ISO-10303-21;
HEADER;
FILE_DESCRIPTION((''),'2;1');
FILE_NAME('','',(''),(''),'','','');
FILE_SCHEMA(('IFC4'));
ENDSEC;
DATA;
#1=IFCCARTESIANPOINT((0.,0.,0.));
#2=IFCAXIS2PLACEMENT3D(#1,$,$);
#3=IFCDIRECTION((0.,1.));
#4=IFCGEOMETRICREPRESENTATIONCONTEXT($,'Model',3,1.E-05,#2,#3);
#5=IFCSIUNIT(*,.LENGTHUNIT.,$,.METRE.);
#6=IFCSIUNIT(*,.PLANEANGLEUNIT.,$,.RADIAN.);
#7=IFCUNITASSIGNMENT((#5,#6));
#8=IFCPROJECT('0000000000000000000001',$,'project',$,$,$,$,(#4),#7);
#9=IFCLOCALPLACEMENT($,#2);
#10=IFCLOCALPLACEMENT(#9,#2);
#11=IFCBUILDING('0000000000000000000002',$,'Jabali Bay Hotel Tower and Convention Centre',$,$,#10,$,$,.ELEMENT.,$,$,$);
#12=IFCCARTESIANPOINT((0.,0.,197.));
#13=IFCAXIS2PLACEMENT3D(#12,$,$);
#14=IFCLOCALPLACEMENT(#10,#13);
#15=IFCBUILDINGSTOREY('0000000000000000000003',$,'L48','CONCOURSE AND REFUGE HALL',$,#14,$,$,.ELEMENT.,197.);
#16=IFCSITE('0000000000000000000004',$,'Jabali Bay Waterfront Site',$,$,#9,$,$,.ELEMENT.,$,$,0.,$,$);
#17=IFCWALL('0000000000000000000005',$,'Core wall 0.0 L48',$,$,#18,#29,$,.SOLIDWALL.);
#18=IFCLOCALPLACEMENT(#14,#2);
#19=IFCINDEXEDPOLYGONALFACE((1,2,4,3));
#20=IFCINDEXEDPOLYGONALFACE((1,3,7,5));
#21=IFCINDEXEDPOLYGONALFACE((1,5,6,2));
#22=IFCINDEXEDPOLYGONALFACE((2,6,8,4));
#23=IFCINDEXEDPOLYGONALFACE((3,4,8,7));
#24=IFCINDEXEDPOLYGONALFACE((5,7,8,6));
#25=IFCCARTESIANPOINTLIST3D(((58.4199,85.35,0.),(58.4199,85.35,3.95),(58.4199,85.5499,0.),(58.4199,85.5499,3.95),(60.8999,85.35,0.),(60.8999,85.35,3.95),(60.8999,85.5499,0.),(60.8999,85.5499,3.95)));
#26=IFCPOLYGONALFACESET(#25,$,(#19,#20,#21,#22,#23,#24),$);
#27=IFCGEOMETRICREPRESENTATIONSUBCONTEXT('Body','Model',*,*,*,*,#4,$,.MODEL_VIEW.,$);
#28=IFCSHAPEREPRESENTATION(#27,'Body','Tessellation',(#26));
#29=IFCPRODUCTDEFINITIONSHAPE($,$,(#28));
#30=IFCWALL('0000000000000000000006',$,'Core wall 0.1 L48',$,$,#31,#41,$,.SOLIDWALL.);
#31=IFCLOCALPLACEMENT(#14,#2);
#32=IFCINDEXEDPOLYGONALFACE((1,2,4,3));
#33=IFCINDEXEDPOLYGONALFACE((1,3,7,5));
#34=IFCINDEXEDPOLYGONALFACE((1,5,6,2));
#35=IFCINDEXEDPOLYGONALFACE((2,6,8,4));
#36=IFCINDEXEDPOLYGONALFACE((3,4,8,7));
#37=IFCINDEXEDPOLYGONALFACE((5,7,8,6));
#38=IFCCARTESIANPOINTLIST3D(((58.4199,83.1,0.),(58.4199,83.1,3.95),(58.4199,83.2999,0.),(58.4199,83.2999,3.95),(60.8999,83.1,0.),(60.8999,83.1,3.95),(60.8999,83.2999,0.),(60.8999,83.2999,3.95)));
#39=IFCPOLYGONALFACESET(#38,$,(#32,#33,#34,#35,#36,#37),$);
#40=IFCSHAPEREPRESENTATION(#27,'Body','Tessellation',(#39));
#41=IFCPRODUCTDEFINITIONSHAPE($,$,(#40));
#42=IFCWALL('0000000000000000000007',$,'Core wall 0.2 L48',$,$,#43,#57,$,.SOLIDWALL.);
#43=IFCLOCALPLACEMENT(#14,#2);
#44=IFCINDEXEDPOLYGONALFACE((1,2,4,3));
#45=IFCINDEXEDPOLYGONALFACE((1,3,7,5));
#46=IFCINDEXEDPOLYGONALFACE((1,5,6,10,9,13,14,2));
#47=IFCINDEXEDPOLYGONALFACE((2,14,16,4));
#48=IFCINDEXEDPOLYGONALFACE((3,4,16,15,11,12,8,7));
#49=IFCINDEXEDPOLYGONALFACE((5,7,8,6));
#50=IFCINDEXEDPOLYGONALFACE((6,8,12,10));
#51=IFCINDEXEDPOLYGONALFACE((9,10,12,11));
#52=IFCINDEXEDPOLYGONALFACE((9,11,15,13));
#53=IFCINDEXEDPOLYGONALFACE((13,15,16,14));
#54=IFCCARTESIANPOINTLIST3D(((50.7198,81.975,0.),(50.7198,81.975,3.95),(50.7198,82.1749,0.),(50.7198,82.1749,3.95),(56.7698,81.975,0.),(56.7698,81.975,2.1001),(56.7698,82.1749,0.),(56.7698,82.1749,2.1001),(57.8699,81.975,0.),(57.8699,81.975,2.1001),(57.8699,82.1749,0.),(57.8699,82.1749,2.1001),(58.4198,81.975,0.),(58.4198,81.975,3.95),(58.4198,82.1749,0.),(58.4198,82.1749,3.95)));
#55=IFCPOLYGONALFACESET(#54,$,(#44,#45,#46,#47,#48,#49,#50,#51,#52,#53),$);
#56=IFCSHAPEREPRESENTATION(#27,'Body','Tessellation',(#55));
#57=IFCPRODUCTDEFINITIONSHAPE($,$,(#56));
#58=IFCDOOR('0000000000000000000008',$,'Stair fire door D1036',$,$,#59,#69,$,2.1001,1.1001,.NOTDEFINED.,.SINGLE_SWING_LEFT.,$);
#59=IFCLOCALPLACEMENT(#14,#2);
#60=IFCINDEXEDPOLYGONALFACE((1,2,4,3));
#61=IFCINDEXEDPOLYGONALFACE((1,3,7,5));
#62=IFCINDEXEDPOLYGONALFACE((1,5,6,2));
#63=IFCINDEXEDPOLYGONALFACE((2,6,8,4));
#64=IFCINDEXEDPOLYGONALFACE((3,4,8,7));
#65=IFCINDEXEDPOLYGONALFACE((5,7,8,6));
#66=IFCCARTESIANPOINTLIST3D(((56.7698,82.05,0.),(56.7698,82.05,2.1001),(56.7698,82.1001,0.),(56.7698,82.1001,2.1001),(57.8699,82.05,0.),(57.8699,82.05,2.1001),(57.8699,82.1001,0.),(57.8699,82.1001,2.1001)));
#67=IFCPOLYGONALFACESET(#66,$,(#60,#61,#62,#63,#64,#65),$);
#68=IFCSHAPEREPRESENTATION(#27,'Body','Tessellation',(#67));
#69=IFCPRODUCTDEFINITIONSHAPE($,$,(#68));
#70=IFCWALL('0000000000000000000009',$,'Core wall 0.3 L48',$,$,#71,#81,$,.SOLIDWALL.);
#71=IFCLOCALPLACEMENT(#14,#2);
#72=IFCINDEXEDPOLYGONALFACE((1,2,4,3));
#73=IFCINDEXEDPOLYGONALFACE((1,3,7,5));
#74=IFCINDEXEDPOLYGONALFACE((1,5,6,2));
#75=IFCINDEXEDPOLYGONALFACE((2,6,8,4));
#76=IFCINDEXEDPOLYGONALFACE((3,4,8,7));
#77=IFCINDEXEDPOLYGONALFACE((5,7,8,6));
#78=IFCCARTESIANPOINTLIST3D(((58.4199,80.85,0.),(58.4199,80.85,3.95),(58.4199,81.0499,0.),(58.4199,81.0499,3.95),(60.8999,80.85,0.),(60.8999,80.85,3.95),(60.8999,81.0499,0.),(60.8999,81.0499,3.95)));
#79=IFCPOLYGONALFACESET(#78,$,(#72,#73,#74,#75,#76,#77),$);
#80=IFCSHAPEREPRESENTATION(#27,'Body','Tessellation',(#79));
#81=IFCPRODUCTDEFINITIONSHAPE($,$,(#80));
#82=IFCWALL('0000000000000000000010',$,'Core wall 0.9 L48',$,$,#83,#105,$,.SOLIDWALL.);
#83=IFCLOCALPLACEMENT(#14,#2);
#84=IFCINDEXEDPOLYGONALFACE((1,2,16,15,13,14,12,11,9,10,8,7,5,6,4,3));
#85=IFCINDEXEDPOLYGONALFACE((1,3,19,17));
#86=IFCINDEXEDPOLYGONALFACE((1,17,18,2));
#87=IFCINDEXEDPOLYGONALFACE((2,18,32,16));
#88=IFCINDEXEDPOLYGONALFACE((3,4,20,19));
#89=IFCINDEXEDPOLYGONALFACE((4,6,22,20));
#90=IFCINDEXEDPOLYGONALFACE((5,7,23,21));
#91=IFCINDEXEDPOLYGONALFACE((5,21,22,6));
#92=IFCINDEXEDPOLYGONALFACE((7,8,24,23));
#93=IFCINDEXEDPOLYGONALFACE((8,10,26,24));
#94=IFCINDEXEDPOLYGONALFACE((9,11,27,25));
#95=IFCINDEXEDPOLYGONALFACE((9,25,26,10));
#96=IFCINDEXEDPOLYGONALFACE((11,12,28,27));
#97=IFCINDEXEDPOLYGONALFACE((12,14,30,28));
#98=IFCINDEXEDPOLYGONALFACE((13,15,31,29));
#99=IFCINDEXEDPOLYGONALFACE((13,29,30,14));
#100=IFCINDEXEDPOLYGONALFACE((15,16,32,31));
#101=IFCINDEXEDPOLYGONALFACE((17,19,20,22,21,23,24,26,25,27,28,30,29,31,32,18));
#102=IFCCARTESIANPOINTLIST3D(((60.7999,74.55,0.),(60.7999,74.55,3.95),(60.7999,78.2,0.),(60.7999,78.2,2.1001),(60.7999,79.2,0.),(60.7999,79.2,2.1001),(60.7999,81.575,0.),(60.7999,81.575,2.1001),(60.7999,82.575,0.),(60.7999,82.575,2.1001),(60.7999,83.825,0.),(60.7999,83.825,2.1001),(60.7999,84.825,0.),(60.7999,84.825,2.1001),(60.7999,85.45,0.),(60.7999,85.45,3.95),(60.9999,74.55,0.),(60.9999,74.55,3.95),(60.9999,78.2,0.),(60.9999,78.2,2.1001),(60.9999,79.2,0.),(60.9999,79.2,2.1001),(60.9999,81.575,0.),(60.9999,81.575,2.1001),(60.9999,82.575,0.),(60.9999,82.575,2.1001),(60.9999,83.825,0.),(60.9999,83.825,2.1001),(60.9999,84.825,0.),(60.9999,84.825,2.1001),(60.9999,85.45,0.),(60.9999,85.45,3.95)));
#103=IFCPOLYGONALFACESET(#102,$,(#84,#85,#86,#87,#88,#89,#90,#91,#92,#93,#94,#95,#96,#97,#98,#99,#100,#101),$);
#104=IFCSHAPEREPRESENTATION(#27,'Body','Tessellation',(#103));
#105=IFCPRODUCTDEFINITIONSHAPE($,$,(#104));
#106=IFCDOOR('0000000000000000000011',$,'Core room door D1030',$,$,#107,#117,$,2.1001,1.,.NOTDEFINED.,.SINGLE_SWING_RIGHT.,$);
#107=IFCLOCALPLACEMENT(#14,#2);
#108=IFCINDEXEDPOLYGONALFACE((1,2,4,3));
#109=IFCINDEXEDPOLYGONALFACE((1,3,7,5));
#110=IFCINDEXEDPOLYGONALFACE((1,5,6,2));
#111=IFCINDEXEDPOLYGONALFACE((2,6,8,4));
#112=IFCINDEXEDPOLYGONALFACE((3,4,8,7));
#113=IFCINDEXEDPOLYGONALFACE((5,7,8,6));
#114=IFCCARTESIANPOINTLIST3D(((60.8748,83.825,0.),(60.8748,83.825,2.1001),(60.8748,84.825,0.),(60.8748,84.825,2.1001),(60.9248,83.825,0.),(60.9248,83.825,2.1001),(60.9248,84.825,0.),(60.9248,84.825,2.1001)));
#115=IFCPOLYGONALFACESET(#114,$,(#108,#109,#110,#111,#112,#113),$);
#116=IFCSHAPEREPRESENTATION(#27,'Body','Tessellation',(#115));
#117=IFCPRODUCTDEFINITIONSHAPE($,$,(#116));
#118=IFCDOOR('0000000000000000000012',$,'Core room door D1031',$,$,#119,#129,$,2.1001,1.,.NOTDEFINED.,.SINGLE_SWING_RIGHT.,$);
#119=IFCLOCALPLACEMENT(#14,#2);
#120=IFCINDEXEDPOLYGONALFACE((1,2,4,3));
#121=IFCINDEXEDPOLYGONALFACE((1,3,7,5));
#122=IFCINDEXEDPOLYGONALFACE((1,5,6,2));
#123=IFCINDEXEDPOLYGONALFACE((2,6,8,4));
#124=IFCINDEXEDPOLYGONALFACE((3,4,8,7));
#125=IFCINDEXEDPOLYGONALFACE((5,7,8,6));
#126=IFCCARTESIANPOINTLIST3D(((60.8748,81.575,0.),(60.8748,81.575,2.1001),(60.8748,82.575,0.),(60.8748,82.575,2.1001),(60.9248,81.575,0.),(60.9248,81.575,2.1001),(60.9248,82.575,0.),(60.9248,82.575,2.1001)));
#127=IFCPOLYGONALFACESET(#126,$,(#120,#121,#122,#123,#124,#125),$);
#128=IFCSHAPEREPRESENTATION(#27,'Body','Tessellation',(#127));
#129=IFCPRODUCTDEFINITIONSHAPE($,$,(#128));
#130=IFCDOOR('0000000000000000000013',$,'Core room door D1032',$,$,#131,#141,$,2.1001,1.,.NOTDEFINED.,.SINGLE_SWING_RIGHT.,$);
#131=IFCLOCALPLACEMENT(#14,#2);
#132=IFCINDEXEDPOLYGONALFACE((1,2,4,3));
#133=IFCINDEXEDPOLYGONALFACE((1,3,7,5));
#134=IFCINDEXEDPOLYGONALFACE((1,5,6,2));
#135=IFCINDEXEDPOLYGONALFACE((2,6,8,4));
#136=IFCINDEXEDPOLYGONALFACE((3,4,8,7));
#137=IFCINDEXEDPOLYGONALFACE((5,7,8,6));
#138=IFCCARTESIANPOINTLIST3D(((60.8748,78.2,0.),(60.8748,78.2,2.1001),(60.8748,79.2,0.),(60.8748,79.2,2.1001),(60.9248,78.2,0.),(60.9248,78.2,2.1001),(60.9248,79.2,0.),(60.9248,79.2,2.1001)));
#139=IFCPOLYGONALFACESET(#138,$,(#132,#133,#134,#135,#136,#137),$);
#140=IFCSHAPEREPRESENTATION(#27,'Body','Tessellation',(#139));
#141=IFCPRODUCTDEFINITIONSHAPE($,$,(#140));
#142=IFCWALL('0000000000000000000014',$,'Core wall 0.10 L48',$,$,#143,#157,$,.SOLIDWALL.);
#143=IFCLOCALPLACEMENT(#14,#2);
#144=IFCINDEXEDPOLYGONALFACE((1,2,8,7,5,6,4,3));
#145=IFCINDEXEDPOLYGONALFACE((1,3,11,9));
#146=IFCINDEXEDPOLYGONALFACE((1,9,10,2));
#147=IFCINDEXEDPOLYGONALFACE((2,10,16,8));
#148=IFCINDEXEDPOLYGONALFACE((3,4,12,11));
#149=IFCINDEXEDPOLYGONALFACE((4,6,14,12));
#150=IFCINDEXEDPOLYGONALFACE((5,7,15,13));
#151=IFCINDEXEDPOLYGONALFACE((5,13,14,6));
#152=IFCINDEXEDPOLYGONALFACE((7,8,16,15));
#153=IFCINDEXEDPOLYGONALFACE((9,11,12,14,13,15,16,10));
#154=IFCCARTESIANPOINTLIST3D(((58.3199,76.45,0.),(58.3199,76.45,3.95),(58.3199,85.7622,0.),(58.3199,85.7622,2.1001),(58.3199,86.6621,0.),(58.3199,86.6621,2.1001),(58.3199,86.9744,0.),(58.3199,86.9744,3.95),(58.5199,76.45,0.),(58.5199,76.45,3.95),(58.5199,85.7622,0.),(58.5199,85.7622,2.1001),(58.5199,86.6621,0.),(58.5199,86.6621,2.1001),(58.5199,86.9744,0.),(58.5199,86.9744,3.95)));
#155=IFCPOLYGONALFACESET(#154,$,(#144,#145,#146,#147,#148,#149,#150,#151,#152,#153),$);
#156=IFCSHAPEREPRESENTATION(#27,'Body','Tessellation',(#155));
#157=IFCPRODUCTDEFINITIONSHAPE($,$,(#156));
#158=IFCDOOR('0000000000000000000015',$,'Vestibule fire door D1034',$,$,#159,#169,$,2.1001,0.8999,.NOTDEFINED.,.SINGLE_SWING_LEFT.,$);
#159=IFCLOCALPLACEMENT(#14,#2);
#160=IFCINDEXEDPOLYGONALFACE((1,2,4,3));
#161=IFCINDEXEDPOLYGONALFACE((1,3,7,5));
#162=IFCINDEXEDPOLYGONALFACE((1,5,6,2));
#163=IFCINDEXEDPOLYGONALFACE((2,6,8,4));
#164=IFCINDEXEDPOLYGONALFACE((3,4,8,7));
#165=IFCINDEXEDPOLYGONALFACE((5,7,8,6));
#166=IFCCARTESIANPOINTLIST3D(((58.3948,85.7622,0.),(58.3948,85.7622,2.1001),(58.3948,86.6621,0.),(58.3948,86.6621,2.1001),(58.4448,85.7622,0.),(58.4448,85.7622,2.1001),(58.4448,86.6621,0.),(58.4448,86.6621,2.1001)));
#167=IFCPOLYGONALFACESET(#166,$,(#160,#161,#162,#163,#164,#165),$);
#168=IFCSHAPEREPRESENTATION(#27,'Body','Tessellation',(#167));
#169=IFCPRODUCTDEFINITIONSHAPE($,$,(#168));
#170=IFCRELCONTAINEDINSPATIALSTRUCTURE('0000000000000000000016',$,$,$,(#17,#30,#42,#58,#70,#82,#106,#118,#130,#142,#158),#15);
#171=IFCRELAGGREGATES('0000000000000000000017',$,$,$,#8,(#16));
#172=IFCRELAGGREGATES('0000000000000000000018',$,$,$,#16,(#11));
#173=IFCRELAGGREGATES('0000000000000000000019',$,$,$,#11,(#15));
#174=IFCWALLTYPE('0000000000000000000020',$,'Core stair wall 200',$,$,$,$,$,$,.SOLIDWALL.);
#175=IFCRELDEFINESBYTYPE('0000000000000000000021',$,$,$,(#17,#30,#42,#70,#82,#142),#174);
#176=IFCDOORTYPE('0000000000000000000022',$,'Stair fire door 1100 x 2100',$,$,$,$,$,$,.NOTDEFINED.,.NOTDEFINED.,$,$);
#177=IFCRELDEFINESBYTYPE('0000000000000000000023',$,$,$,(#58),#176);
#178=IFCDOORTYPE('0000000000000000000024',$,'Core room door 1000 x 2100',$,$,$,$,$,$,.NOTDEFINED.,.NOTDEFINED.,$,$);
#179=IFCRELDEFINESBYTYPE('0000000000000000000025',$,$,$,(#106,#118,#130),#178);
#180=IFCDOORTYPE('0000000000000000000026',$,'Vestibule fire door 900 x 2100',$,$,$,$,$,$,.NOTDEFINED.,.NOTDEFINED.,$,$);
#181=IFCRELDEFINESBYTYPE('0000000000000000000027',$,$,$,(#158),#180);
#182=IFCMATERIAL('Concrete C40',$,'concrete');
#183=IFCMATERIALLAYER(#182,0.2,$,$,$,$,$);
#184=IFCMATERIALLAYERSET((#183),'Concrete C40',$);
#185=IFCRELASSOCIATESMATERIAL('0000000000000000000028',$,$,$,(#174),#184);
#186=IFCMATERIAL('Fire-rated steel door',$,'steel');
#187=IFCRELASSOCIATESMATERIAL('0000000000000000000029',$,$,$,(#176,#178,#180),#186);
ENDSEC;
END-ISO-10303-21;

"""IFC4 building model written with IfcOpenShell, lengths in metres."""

from ifc_helpers import new_model, si_unit, direction, frame, frame_2d, origin, place, context, subcontext, project, spatial, rectangle, extrude, material, layer, layer_set, type_object, element, fill, save


model = new_model("IFC4")

# Units and contexts
model_context = context("Model", 3, precision=1e-05, world=origin(), true_north=direction((0.0, 1.0)))
body_context = subcontext(model_context, "Body", "Model", "MODEL_VIEW")
ifc_project = project(units=[si_unit("LENGTHUNIT", "METRE"), si_unit("PLANEANGLEUNIT", "RADIAN")], contexts=[model_context])

# Site, building, storey
site_placement = place(None, origin())
site = spatial("IfcSite", under=ifc_project, at=site_placement, Name="Jabali Bay Waterfront Site", CompositionType="ELEMENT", RefElevation=0.0)
building_placement = place(site_placement, origin())
building = spatial("IfcBuilding", under=site, at=building_placement, Name="Jabali Bay Hotel Tower and Convention Centre", CompositionType="ELEMENT")
storey_placement = place(building_placement, frame((0.0, 0.0, 197.0)))
storey = spatial("IfcBuildingStorey", under=building, at=storey_placement, Name="L48", Description="CONCOURSE AND REFUGE HALL", CompositionType="ELEMENT", Elevation=197.0)

# Walls
ifc_material_1 = material(Name="Concrete C40", Category="concrete")
ifc_layer_1 = layer(ifc_material_1, 0.2)
ifc_layer_set_1 = layer_set([ifc_layer_1], Name="Concrete C40")
wall_type_1 = type_object("IfcWallType", Name="Core stair wall 200", PredefinedType="SOLIDWALL", material=ifc_layer_set_1)
for number, where, z_axis, x_axis, name in (
    (1, (60.8999, 85.45, 0.0), (0.0, 0.0, 1.0), (-1.0, 0.0, 0.0), "Core wall 0.0 L48"),
    (2, (60.8999, 83.2, 0.0), (0.0, 0.0, 1.0), (-1.0, 0.0, 0.0), "Core wall 0.1 L48"),
):
    element("IfcWall", number, at=place(storey_placement, frame(where, z_axis=z_axis, x_axis=x_axis)), inside=storey, type_object=wall_type_1, Name=name, PredefinedType="SOLIDWALL", context=body_context, shape_type="SweptSolid", body=[
        extrude(rectangle(XDim=2.48, YDim=0.2, at=frame_2d((1.24, 0.0))), origin(), (0.0, 0.0, 1.0), 3.95),
    ])

# Wall, opening, door
wall_1_placement = place(storey_placement, frame((58.4199, 82.075, 0.0), z_axis=(0.0, 0.0, 1.0), x_axis=(-1.0, 0.0, 0.0)))
wall_1 = element("IfcWall", 3, at=wall_1_placement, inside=storey, type_object=wall_type_1, Name="Core wall 0.2 L48", PredefinedType="SOLIDWALL", context=body_context, shape_type="SweptSolid", body=[
    extrude(rectangle(XDim=7.7, YDim=0.2, at=frame_2d((3.8501, 0.0))), origin(), (0.0, 0.0, 1.0), 3.95),
])
opening_1_placement = place(wall_1_placement, frame((0.55, 0.0, 0.0)))
opening_1 = element("IfcOpeningElement", 4, at=opening_1_placement, cuts=wall_1, PredefinedType="OPENING", context=body_context, shape_type="SweptSolid", body=[
    extrude(rectangle(XDim=1.1001, YDim=2.1001, at=frame_2d((0.55, 1.05))), frame((0.0, 0.1104, 0.0), z_axis=(0.0, -1.0, 0.0), x_axis=(1.0, 0.0, 0.0)), (0.0, 0.0, 1.0), 0.2209),
])
ifc_material_2 = material(Name="Fire-rated steel door", Category="steel")
door_type_1 = type_object("IfcDoorType", Name="Stair fire door 1100 x 2100", OperationType="NOTDEFINED", PredefinedType="NOTDEFINED", material=ifc_material_2)
door_1_placement = place(opening_1_placement, origin())
door_1 = element("IfcDoor", 5, at=door_1_placement, inside=storey, type_object=door_type_1, Name="Stair fire door D1036", OperationType="SINGLE_SWING_LEFT", OverallHeight=2.1001, OverallWidth=1.1001, PredefinedType="NOTDEFINED", context=body_context, shape_type="SweptSolid", body=[
    extrude(rectangle(XDim=1.1001, YDim=2.1001, at=frame_2d((0.55, 1.05))), frame((0.0, 0.0249, 0.0), z_axis=(0.0, -1.0, 0.0), x_axis=(1.0, 0.0, 0.0)), (0.0, 0.0, 1.0), 0.05),
])
fill(opening_1, door_1)

# Wall
wall_2_placement = place(storey_placement, frame((60.8999, 80.95, 0.0), z_axis=(0.0, 0.0, 1.0), x_axis=(-1.0, 0.0, 0.0)))
element("IfcWall", 6, at=wall_2_placement, inside=storey, type_object=wall_type_1, Name="Core wall 0.3 L48", PredefinedType="SOLIDWALL", context=body_context, shape_type="SweptSolid", body=[
    extrude(rectangle(XDim=2.48, YDim=0.2, at=frame_2d((1.24, 0.0))), origin(), (0.0, 0.0, 1.0), 3.95),
])

# Wall, openings, doors
wall_3_placement = place(storey_placement, frame((60.8999, 85.45, 0.0), z_axis=(0.0, 0.0, 1.0), x_axis=(0.0, -1.0, 0.0)))
wall_3 = element("IfcWall", 7, at=wall_3_placement, inside=storey, type_object=wall_type_1, Name="Core wall 0.9 L48", PredefinedType="SOLIDWALL", context=body_context, shape_type="SweptSolid", body=[
    extrude(rectangle(XDim=10.8999, YDim=0.2, at=frame_2d((5.45, 0.0))), origin(), (0.0, 0.0, 1.0), 3.95),
])
opening_2_placement = place(wall_3_placement, frame((0.625, 0.0, 0.0)))
opening_2 = element("IfcOpeningElement", 8, at=opening_2_placement, cuts=wall_3, PredefinedType="OPENING", context=body_context, shape_type="SweptSolid", body=[
    extrude(rectangle(XDim=1.0, YDim=2.1001, at=frame_2d((0.5, 1.05))), frame((0.0, 0.1104, 0.0), z_axis=(0.0, -1.0, 0.0), x_axis=(1.0, 0.0, 0.0)), (0.0, 0.0, 1.0), 0.2209),
])
opening_3_placement = place(wall_3_placement, frame((2.875, 0.0, 0.0)))
opening_3 = element("IfcOpeningElement", 9, at=opening_3_placement, cuts=wall_3, PredefinedType="OPENING", context=body_context, shape_type="SweptSolid", body=[
    extrude(rectangle(XDim=1.0, YDim=2.1001, at=frame_2d((0.5, 1.05))), frame((0.0, 0.1104, 0.0), z_axis=(0.0, -1.0, 0.0), x_axis=(1.0, 0.0, 0.0)), (0.0, 0.0, 1.0), 0.2209),
])
opening_4_placement = place(wall_3_placement, frame((6.25, 0.0, 0.0)))
opening_4 = element("IfcOpeningElement", 10, at=opening_4_placement, cuts=wall_3, PredefinedType="OPENING", context=body_context, shape_type="SweptSolid", body=[
    extrude(rectangle(XDim=1.0, YDim=2.1001, at=frame_2d((0.5, 1.05))), frame((0.0, 0.1104, 0.0), z_axis=(0.0, -1.0, 0.0), x_axis=(1.0, 0.0, 0.0)), (0.0, 0.0, 1.0), 0.2209),
])
door_type_2 = type_object("IfcDoorType", Name="Core room door 1000 x 2100", OperationType="NOTDEFINED", PredefinedType="NOTDEFINED", material=ifc_material_2)
door_2_placement = place(opening_2_placement, origin())
door_2 = element("IfcDoor", 11, at=door_2_placement, inside=storey, type_object=door_type_2, Name="Core room door D1030", OperationType="SINGLE_SWING_RIGHT", OverallHeight=2.1001, OverallWidth=1.0, PredefinedType="NOTDEFINED", context=body_context, shape_type="SweptSolid", body=[
    extrude(rectangle(XDim=1.0, YDim=2.1001, at=frame_2d((0.5, 1.05))), frame((0.0, 0.0249, 0.0), z_axis=(0.0, -1.0, 0.0), x_axis=(1.0, 0.0, 0.0)), (0.0, 0.0, 1.0), 0.05),
])
fill(opening_2, door_2)
door_3_placement = place(opening_3_placement, origin())
door_3 = element("IfcDoor", 12, at=door_3_placement, inside=storey, type_object=door_type_2, Name="Core room door D1031", OperationType="SINGLE_SWING_RIGHT", OverallHeight=2.1001, OverallWidth=1.0, PredefinedType="NOTDEFINED", context=body_context, shape_type="SweptSolid", body=[
    extrude(rectangle(XDim=1.0, YDim=2.1001, at=frame_2d((0.5, 1.05))), frame((0.0, 0.0249, 0.0), z_axis=(0.0, -1.0, 0.0), x_axis=(1.0, 0.0, 0.0)), (0.0, 0.0, 1.0), 0.05),
])
fill(opening_3, door_3)
door_4_placement = place(opening_4_placement, origin())
door_4 = element("IfcDoor", 13, at=door_4_placement, inside=storey, type_object=door_type_2, Name="Core room door D1032", OperationType="SINGLE_SWING_RIGHT", OverallHeight=2.1001, OverallWidth=1.0, PredefinedType="NOTDEFINED", context=body_context, shape_type="SweptSolid", body=[
    extrude(rectangle(XDim=1.0, YDim=2.1001, at=frame_2d((0.5, 1.05))), frame((0.0, 0.0249, 0.0), z_axis=(0.0, -1.0, 0.0), x_axis=(1.0, 0.0, 0.0)), (0.0, 0.0, 1.0), 0.05),
])
fill(opening_4, door_4)

# Wall, opening, door
wall_4_placement = place(storey_placement, frame((58.4199, 86.9744, 0.0), z_axis=(0.0, 0.0, 1.0), x_axis=(0.0, -1.0, 0.0)))
wall_4 = element("IfcWall", 14, at=wall_4_placement, inside=storey, type_object=wall_type_1, Name="Core wall 0.10 L48", PredefinedType="SOLIDWALL", context=body_context, shape_type="SweptSolid", body=[
    extrude(rectangle(XDim=10.5244, YDim=0.2, at=frame_2d((5.2622, 0.0))), origin(), (0.0, 0.0, 1.0), 3.95),
])
opening_5_placement = place(wall_4_placement, frame((0.3123, 0.0, 0.0)))
opening_5 = element("IfcOpeningElement", 15, at=opening_5_placement, cuts=wall_4, PredefinedType="OPENING", context=body_context, shape_type="SweptSolid", body=[
    extrude(rectangle(XDim=0.8999, YDim=2.1001, at=frame_2d((0.45, 1.05))), frame((0.0, 0.1104, 0.0), z_axis=(0.0, -1.0, 0.0), x_axis=(1.0, 0.0, 0.0)), (0.0, 0.0, 1.0), 0.2209),
])
door_type_3 = type_object("IfcDoorType", Name="Vestibule fire door 900 x 2100", OperationType="NOTDEFINED", PredefinedType="NOTDEFINED", material=ifc_material_2)
door_5_placement = place(opening_5_placement, origin())
door_5 = element("IfcDoor", 16, at=door_5_placement, inside=storey, type_object=door_type_3, Name="Vestibule fire door D1034", OperationType="SINGLE_SWING_LEFT", OverallHeight=2.1001, OverallWidth=0.8999, PredefinedType="NOTDEFINED", context=body_context, shape_type="SweptSolid", body=[
    extrude(rectangle(XDim=0.8999, YDim=2.1001, at=frame_2d((0.45, 1.05))), frame((0.0, 0.0249, 0.0), z_axis=(0.0, -1.0, 0.0), x_axis=(1.0, 0.0, 0.0)), (0.0, 0.0, 1.0), 0.05),
])
fill(opening_5, door_5)

save(model, "model.ifc")
